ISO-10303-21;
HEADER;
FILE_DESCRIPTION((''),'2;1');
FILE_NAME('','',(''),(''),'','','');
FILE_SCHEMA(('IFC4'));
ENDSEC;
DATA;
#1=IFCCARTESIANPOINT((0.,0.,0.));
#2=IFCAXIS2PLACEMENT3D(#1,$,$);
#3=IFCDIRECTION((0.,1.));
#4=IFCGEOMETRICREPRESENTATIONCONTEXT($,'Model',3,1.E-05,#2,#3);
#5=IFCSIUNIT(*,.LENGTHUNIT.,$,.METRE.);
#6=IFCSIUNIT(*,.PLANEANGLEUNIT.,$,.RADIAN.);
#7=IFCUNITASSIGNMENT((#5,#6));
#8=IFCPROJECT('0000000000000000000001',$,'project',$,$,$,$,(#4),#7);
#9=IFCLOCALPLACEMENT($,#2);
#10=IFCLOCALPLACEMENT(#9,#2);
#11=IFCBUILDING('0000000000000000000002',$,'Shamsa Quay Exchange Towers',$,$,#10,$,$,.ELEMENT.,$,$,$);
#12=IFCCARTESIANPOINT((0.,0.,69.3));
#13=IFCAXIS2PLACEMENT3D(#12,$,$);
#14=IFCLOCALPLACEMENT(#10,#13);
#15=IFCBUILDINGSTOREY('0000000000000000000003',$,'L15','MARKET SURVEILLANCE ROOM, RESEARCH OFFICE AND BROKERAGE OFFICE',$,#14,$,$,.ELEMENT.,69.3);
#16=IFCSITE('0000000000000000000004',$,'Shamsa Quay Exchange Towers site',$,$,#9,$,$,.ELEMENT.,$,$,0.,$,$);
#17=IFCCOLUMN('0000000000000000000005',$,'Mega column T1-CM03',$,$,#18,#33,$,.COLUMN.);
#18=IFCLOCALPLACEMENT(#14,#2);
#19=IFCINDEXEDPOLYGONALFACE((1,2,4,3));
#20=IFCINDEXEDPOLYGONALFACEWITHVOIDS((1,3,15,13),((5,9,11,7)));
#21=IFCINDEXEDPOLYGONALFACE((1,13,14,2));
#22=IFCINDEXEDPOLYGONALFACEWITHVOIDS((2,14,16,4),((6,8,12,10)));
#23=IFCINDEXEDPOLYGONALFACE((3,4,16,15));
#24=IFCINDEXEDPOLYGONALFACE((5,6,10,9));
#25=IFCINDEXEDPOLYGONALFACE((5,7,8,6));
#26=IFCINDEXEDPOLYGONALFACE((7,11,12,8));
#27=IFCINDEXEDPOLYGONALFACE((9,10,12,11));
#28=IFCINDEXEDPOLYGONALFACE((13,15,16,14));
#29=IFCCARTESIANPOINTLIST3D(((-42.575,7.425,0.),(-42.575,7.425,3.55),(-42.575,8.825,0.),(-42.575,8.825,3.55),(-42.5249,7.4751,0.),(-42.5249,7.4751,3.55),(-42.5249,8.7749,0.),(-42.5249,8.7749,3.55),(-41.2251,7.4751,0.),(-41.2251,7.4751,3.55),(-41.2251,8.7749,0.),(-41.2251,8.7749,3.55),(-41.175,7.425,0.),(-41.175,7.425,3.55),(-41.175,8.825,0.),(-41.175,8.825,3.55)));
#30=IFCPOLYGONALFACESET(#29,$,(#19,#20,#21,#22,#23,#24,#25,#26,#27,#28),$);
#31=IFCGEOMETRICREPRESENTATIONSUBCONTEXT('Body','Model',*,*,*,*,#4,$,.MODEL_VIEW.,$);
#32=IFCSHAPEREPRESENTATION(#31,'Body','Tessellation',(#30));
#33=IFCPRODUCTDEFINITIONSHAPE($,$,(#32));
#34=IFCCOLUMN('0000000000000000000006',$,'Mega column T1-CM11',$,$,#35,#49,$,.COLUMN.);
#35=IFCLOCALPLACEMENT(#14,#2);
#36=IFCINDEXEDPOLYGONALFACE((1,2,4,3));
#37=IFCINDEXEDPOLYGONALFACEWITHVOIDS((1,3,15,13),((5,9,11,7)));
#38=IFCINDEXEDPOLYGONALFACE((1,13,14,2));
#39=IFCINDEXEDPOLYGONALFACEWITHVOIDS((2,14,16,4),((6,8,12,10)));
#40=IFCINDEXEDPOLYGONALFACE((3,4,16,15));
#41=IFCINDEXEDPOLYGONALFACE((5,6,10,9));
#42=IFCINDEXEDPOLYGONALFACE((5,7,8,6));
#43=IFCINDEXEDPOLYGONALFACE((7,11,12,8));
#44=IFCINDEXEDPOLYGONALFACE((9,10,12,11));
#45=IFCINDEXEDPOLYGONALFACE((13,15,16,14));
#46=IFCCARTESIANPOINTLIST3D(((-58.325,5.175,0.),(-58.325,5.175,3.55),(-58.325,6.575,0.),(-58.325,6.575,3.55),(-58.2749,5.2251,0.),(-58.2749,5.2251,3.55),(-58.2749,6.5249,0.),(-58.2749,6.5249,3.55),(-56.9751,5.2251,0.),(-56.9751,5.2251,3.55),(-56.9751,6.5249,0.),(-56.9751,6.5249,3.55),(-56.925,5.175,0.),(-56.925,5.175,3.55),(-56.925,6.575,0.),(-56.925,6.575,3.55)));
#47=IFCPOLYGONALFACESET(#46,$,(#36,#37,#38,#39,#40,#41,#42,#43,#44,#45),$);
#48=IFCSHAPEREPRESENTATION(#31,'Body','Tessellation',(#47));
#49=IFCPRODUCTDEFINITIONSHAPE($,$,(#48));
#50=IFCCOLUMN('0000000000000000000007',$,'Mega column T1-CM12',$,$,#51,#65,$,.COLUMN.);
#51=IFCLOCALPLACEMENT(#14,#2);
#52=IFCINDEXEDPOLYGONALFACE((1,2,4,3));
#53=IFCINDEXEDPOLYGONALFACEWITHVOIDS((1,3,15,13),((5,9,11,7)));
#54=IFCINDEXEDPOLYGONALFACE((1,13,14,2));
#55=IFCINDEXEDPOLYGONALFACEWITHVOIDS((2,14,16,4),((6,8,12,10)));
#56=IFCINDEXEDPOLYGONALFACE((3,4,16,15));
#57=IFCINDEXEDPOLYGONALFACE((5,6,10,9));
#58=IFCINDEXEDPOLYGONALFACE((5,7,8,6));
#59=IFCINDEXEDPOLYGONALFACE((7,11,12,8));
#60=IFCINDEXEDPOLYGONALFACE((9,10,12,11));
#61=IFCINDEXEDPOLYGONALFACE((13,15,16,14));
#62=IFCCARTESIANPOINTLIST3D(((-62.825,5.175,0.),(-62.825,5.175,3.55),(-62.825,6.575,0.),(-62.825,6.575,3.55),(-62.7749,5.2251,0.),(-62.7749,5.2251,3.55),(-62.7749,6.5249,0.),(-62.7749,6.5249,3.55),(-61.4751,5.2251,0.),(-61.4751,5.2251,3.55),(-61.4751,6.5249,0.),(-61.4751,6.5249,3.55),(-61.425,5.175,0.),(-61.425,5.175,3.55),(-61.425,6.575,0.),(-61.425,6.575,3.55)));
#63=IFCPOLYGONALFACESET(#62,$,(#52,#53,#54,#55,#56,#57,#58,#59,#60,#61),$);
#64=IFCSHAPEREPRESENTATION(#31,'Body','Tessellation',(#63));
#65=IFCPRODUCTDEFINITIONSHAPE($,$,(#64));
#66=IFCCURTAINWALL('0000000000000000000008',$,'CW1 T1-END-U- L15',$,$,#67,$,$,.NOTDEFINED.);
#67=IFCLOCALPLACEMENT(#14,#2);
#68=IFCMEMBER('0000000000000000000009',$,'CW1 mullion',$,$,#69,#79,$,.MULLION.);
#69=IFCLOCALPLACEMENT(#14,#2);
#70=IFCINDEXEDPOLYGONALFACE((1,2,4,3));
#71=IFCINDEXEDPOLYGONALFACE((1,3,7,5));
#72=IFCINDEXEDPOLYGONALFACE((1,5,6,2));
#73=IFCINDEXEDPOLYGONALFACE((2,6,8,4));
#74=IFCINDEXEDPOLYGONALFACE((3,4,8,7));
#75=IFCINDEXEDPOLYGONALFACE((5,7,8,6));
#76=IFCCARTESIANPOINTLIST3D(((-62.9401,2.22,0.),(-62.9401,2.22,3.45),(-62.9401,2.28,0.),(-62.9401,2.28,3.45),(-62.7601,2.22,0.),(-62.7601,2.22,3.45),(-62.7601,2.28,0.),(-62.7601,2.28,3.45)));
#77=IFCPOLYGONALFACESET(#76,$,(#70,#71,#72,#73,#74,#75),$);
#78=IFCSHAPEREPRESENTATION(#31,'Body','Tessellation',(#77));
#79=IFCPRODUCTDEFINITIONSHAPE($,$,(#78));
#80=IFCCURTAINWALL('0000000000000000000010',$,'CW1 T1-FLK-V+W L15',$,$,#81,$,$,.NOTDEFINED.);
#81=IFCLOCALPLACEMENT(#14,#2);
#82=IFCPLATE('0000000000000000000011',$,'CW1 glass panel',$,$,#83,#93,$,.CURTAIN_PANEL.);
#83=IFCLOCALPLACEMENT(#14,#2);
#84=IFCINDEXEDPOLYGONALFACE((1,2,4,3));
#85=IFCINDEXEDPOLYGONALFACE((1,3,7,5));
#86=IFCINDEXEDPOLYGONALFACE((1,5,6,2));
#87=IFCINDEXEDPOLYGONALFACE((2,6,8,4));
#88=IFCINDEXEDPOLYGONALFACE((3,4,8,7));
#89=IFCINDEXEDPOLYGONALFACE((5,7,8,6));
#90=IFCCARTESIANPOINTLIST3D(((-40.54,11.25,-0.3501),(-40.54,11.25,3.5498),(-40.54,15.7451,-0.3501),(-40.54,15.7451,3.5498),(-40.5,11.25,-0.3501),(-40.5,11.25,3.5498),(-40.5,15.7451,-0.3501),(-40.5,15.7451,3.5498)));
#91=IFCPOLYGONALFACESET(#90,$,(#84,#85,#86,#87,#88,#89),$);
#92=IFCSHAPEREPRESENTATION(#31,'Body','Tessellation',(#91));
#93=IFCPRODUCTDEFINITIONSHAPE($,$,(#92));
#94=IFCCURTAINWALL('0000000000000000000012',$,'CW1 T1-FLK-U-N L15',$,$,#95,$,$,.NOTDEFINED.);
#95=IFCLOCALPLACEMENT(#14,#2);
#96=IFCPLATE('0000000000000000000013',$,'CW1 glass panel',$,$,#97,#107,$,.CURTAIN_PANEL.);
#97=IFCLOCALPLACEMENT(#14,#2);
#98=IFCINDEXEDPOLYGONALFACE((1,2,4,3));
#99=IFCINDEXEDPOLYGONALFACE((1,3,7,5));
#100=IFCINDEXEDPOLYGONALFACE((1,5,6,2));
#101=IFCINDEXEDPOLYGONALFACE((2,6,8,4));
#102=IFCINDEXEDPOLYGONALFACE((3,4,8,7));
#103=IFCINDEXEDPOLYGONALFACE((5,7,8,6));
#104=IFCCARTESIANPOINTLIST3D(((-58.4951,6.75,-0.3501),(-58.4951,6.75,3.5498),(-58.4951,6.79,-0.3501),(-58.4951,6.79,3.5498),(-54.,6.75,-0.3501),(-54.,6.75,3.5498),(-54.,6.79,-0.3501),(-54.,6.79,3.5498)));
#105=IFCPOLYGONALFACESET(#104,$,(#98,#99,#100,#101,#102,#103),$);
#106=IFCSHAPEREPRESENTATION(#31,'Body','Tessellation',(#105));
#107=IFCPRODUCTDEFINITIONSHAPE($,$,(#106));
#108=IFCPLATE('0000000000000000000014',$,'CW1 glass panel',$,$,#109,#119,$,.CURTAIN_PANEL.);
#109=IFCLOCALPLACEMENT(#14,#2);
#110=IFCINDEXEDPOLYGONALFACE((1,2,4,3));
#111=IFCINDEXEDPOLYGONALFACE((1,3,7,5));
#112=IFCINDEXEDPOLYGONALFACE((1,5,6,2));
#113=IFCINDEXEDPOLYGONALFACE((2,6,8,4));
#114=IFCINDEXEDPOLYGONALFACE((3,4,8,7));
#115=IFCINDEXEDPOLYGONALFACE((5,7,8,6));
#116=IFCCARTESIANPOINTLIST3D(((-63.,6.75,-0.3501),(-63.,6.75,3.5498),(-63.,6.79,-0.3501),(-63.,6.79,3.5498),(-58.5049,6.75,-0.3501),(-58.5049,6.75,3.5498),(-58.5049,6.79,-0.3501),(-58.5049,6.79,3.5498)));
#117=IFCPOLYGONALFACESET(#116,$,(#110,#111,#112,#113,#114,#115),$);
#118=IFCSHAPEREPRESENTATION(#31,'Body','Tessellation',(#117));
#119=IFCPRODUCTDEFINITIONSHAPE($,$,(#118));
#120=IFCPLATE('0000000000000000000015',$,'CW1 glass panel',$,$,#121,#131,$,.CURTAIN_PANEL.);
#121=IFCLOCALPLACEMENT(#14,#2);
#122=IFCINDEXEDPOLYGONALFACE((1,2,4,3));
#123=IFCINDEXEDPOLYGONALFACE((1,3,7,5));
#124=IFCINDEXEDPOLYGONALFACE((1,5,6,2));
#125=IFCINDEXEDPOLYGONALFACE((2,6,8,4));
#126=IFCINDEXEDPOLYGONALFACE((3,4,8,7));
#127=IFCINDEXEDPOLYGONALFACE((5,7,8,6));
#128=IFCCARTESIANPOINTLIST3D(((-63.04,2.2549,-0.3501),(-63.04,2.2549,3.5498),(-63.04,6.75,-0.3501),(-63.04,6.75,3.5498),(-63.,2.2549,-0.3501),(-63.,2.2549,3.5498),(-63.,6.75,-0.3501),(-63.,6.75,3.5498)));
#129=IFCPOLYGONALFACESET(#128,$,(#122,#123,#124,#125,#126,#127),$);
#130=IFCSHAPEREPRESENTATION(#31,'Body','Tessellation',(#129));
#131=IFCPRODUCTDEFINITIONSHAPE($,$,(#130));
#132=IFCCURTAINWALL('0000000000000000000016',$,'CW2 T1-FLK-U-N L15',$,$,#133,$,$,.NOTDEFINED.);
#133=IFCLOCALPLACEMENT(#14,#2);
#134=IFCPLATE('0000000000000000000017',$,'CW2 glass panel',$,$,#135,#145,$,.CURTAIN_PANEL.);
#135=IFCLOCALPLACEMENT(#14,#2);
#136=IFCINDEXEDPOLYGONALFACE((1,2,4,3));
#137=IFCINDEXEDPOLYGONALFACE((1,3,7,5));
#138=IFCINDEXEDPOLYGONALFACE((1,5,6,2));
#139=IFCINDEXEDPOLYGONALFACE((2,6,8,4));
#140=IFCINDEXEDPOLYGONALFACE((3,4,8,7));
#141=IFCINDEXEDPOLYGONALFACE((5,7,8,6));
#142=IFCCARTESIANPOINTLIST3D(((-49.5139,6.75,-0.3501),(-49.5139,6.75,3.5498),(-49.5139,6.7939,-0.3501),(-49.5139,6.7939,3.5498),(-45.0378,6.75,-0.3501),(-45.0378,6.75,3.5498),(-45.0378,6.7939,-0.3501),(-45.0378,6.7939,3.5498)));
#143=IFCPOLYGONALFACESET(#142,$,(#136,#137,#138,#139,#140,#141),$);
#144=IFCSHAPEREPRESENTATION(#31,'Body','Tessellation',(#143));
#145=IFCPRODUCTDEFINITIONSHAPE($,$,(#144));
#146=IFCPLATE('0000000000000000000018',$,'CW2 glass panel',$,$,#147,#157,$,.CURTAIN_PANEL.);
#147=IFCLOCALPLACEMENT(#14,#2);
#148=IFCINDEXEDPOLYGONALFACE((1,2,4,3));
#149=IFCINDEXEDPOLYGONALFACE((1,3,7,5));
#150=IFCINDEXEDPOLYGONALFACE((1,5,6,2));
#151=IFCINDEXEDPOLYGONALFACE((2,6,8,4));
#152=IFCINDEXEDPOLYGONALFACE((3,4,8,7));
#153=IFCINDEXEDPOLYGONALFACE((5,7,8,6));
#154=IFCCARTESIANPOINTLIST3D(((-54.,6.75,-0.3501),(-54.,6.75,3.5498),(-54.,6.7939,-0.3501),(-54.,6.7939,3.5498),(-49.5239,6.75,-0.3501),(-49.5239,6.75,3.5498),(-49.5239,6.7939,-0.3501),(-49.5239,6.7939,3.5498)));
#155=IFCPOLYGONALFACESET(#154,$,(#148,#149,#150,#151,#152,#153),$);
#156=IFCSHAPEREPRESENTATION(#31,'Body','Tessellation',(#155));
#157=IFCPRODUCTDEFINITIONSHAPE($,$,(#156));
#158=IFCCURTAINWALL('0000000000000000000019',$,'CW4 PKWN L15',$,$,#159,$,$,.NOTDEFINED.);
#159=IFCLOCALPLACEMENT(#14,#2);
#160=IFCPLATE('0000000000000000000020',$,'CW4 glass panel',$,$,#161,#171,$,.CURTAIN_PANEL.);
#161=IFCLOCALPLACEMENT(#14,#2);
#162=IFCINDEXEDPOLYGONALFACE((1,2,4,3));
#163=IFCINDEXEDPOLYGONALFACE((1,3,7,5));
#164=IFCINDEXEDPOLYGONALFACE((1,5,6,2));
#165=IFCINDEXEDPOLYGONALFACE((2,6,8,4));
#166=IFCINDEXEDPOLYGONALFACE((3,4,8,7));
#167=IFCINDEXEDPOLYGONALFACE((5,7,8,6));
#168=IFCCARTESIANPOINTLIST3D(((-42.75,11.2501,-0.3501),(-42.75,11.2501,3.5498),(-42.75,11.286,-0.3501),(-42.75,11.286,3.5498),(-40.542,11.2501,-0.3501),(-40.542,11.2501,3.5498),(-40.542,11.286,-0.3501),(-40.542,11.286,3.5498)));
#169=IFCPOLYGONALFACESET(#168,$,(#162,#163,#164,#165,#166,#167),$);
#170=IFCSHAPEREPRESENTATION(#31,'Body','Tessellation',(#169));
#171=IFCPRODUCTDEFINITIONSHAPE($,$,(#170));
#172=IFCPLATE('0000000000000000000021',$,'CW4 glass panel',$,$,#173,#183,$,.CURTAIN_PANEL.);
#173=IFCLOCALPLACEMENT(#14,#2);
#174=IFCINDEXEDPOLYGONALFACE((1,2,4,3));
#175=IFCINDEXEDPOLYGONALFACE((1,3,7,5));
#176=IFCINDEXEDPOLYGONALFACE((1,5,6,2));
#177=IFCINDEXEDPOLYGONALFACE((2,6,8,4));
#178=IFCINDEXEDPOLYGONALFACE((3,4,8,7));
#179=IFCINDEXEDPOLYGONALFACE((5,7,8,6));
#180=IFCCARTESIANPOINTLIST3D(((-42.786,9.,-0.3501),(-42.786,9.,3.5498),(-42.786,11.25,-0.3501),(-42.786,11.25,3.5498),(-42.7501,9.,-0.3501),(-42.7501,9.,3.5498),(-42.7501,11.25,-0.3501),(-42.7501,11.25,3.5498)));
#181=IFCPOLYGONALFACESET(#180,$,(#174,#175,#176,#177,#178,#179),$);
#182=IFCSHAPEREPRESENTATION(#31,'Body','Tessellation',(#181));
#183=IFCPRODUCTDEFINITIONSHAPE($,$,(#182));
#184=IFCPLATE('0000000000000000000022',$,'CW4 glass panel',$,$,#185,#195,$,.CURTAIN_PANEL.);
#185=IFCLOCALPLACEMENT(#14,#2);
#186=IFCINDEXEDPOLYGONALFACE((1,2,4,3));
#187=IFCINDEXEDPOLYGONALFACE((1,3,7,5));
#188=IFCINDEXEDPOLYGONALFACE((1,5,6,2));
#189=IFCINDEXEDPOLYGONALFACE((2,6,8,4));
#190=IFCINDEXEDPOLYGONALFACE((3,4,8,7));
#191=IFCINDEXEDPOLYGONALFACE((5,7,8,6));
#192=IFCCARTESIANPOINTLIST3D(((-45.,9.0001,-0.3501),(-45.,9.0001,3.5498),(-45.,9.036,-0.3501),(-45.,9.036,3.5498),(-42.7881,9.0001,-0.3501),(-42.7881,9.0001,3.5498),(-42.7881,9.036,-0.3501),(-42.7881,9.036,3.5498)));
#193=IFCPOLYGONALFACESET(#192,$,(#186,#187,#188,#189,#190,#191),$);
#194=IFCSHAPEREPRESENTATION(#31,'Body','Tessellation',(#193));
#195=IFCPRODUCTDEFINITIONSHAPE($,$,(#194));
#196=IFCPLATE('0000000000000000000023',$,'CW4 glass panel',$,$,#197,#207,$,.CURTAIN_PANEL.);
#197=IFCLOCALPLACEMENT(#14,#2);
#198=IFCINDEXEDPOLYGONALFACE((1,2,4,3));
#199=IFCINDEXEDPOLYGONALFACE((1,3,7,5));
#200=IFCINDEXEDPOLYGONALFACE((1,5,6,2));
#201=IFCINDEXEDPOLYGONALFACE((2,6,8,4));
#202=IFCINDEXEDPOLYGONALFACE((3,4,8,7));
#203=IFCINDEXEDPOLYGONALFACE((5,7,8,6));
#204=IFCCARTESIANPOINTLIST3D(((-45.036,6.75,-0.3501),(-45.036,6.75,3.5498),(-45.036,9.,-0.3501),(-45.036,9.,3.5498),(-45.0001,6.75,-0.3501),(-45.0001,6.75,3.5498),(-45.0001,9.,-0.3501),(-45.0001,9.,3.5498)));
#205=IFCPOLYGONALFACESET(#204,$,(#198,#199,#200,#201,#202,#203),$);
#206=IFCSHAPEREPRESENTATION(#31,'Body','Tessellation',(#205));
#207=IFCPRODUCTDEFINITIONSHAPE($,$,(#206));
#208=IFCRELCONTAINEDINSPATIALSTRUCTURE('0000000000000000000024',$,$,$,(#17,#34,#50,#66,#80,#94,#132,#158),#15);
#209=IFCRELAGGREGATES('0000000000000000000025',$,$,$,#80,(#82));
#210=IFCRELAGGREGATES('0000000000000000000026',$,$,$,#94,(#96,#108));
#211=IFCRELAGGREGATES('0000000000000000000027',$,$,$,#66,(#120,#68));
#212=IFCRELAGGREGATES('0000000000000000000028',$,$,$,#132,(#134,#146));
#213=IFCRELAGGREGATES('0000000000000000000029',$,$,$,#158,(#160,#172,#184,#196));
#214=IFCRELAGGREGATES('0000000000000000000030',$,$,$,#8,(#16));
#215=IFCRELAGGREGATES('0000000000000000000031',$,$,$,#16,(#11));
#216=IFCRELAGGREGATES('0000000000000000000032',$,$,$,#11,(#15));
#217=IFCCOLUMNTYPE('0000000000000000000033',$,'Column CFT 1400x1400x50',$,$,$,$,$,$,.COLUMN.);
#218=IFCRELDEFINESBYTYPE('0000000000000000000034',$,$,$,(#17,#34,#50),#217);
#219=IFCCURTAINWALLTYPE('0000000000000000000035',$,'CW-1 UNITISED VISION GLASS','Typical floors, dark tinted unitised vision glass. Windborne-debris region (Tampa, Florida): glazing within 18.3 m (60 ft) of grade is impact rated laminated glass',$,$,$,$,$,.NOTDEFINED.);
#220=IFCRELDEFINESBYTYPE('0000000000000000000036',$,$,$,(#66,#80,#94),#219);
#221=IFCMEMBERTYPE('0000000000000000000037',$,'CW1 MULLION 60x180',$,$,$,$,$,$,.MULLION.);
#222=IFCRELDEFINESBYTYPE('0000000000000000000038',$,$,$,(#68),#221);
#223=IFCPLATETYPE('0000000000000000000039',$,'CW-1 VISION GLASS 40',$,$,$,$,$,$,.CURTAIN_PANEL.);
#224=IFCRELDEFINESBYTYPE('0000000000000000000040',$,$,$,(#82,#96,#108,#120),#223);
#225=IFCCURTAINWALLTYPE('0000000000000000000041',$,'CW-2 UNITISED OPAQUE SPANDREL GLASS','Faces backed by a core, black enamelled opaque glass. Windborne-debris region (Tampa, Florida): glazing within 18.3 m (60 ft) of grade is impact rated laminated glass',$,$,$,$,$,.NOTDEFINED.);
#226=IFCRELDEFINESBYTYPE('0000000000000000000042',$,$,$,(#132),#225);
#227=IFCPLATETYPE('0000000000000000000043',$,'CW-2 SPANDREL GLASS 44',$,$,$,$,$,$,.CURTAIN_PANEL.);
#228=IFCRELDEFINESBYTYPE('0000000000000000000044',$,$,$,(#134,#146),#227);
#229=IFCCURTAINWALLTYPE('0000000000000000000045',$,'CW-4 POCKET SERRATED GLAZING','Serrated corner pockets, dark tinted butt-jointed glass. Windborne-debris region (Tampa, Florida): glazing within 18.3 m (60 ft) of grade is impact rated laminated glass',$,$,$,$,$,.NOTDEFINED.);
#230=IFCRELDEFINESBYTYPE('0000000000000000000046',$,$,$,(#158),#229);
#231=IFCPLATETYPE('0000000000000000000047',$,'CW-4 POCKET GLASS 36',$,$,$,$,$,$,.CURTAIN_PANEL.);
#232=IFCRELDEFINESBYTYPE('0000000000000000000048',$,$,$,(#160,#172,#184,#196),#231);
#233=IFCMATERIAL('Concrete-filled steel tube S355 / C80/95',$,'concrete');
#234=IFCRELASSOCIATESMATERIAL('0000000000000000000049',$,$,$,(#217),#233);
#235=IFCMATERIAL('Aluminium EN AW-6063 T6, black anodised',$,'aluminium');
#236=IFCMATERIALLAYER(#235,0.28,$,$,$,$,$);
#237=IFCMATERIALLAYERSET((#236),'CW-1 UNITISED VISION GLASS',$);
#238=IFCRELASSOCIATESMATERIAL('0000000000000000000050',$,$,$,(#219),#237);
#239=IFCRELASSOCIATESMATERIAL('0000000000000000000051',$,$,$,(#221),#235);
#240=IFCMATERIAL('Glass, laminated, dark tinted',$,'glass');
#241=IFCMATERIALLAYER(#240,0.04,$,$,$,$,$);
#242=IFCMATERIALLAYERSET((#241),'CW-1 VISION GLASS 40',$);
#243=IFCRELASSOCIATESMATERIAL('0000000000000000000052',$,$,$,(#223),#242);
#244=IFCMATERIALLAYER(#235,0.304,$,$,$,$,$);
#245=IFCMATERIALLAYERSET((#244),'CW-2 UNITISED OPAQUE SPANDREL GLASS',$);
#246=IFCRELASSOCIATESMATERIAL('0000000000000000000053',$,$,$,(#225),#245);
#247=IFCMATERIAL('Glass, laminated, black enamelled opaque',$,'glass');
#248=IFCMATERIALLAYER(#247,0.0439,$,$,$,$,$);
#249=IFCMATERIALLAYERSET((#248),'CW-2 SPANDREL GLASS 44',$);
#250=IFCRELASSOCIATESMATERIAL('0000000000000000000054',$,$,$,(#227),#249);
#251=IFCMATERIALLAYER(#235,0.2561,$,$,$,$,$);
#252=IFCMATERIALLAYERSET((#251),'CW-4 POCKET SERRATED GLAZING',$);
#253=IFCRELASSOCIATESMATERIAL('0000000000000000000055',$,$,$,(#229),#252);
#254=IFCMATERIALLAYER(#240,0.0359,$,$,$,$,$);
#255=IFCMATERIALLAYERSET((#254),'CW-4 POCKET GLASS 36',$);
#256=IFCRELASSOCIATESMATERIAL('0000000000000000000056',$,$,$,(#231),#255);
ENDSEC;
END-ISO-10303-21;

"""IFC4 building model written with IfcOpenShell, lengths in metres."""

from ifc_helpers import new_model, si_unit, direction, frame, origin, origin_2d, place, context, subcontext, project, spatial, rectangle, hollow_rectangle, extrude, material, layer, layer_set, material_profile, profile_set, type_object, element, aggregate, save


model = new_model("IFC4")

# Units and contexts
model_context = context("Model", 3, precision=1e-05, world=origin(), true_north=direction((0.0, 1.0)))
body_context = subcontext(model_context, "Body", "Model", "MODEL_VIEW")
ifc_project = project(units=[si_unit("LENGTHUNIT", "METRE"), si_unit("PLANEANGLEUNIT", "RADIAN")], contexts=[model_context])

# Site, building, storey
site_placement = place(None, origin())
site = spatial("IfcSite", under=ifc_project, at=site_placement, Name="Shamsa Quay Exchange Towers site", CompositionType="ELEMENT", RefElevation=0.0)
building_placement = place(site_placement, origin())
building = spatial("IfcBuilding", under=site, at=building_placement, Name="Shamsa Quay Exchange Towers", CompositionType="ELEMENT")
storey_placement = place(building_placement, frame((0.0, 0.0, 69.3)))
storey = spatial("IfcBuildingStorey", under=building, at=storey_placement, Name="L15", Description="MARKET SURVEILLANCE ROOM, RESEARCH OFFICE AND BROKERAGE OFFICE", CompositionType="ELEMENT", Elevation=69.3)

# Columns
ifc_material_1 = material(Name="Concrete-filled steel tube S355 / C80/95", Category="concrete")
ifc_material_profile_1 = material_profile(ifc_material_1, hollow_rectangle(XDim=1.3999, YDim=1.3999, WallThickness=0.05, at=origin_2d()), Name="CFT 1400x1400x50")
ifc_profile_set_1 = profile_set([ifc_material_profile_1], Name="Concrete-filled steel tube S355 / C80/95")
column_type = type_object("IfcColumnType", Name="Column CFT 1400x1400x50", PredefinedType="COLUMN", material=ifc_profile_set_1)
for number, where, name in (
    (1, (-41.875, 8.125, 0.0), "Mega column T1-CM03"),
    (2, (-57.625, 5.875, 0.0), "Mega column T1-CM11"),
    (3, (-62.125, 5.875, 0.0), "Mega column T1-CM12"),
):
    element("IfcColumn", number, at=place(storey_placement, frame(where)), inside=storey, type_object=column_type, Name=name, PredefinedType="COLUMN", context=body_context, shape_type="SweptSolid", body=[
        extrude(hollow_rectangle(XDim=1.3999, YDim=1.3999, WallThickness=0.05, at=origin_2d()), origin(), (0.0, 0.0, 1.0), 3.55),
    ])

# Curtain wall, member
ifc_material_2 = material(Name="Aluminium EN AW-6063 T6, black anodised", Category="aluminium")
ifc_layer_1 = layer(ifc_material_2, 0.28)
ifc_layer_set_1 = layer_set([ifc_layer_1], Name="CW-1 UNITISED VISION GLASS")
curtain_wall_type_1 = type_object("IfcCurtainWallType", Name="CW-1 UNITISED VISION GLASS", Description="Typical floors, dark tinted unitised vision glass. Windborne-debris region (Tampa, Florida): glazing within 18.3 m (60 ft) of grade is impact rated laminated glass", PredefinedType="NOTDEFINED", material=ifc_layer_set_1)
curtain_wall_1_placement = place(storey_placement, origin())
curtain_wall_1 = element("IfcCurtainWall", 4, at=curtain_wall_1_placement, inside=storey, type_object=curtain_wall_type_1, Name="CW1 T1-END-U- L15", PredefinedType="NOTDEFINED")
ifc_material_profile_2 = material_profile(ifc_material_2, rectangle(XDim=0.1799, YDim=0.0601, at=origin_2d()), Name="MU60x180")
ifc_profile_set_2 = profile_set([ifc_material_profile_2], Name="Aluminium EN AW-6063 T6, black anodised")
member_type = type_object("IfcMemberType", Name="CW1 MULLION 60x180", PredefinedType="MULLION", material=ifc_profile_set_2)
member_placement = place(storey_placement, frame((-62.8501, 2.25, 0.0)))
member = element("IfcMember", 5, at=member_placement, type_object=member_type, Name="CW1 mullion", PredefinedType="MULLION", context=body_context, shape_type="SweptSolid", body=[
    extrude(rectangle(XDim=0.1799, YDim=0.0601, at=origin_2d()), origin(), (0.0, 0.0, 1.0), 3.45),
])

# Curtain wall, plate
curtain_wall_2_placement = place(storey_placement, origin())
curtain_wall_2 = element("IfcCurtainWall", 6, at=curtain_wall_2_placement, inside=storey, type_object=curtain_wall_type_1, Name="CW1 T1-FLK-V+W L15", PredefinedType="NOTDEFINED")
ifc_material_3 = material(Name="Glass, laminated, dark tinted", Category="glass")
ifc_layer_2 = layer(ifc_material_3, 0.04)
ifc_layer_set_2 = layer_set([ifc_layer_2], Name="CW-1 VISION GLASS 40")
plate_type_1 = type_object("IfcPlateType", Name="CW-1 VISION GLASS 40", PredefinedType="CURTAIN_PANEL", material=ifc_layer_set_2)
plate_1_placement = place(storey_placement, frame((-40.52, 13.4976, -0.3501), z_axis=(0.0, 0.0, 1.0), x_axis=(0.0, -1.0, 0.0)))
plate_1 = element("IfcPlate", 7, at=plate_1_placement, type_object=plate_type_1, Name="CW1 glass panel", PredefinedType="CURTAIN_PANEL", context=body_context, shape_type="SweptSolid", body=[
    extrude(rectangle(XDim=4.4951, YDim=0.04, at=origin_2d()), origin(), (0.0, 0.0, 1.0), 3.8999),
])
aggregate(curtain_wall_2, [plate_1])

# Curtain wall, plates
curtain_wall_3_placement = place(storey_placement, origin())
curtain_wall_3 = element("IfcCurtainWall", 8, at=curtain_wall_3_placement, inside=storey, type_object=curtain_wall_type_1, Name="CW1 T1-FLK-U-N L15", PredefinedType="NOTDEFINED")
plate_2_placement = place(storey_placement, frame((-56.2476, 6.77, -0.3501), z_axis=(0.0, 0.0, 1.0), x_axis=(-1.0, 0.0, 0.0)))
plate_2 = element("IfcPlate", 9, at=plate_2_placement, type_object=plate_type_1, Name="CW1 glass panel", PredefinedType="CURTAIN_PANEL", context=body_context, shape_type="SweptSolid", body=[
    extrude(rectangle(XDim=4.4951, YDim=0.04, at=origin_2d()), origin(), (0.0, 0.0, 1.0), 3.8999),
])
plate_3_placement = place(storey_placement, frame((-60.7524, 6.77, -0.3501), z_axis=(0.0, 0.0, 1.0), x_axis=(-1.0, 0.0, 0.0)))
plate_3 = element("IfcPlate", 10, at=plate_3_placement, type_object=plate_type_1, Name="CW1 glass panel", PredefinedType="CURTAIN_PANEL", context=body_context, shape_type="SweptSolid", body=[
    extrude(rectangle(XDim=4.4951, YDim=0.04, at=origin_2d()), origin(), (0.0, 0.0, 1.0), 3.8999),
])
aggregate(curtain_wall_3, [plate_2, plate_3])

# Plate
plate_4_placement = place(storey_placement, frame((-63.02, 4.5024, -0.3501), z_axis=(0.0, 0.0, 1.0), x_axis=(0.0, -1.0, 0.0)))
plate_4 = element("IfcPlate", 11, at=plate_4_placement, type_object=plate_type_1, Name="CW1 glass panel", PredefinedType="CURTAIN_PANEL", context=body_context, shape_type="SweptSolid", body=[
    extrude(rectangle(XDim=4.4951, YDim=0.04, at=origin_2d()), origin(), (0.0, 0.0, 1.0), 3.8999),
])
aggregate(curtain_wall_1, [plate_4, member])

# Curtain walls, plates
ifc_layer_3 = layer(ifc_material_2, 0.304)
ifc_layer_set_3 = layer_set([ifc_layer_3], Name="CW-2 UNITISED OPAQUE SPANDREL GLASS")
curtain_wall_type_2 = type_object("IfcCurtainWallType", Name="CW-2 UNITISED OPAQUE SPANDREL GLASS", Description="Faces backed by a core, black enamelled opaque glass. Windborne-debris region (Tampa, Florida): glazing within 18.3 m (60 ft) of grade is impact rated laminated glass", PredefinedType="NOTDEFINED", material=ifc_layer_set_3)
curtain_wall_4_placement = place(storey_placement, origin())
curtain_wall_4 = element("IfcCurtainWall", 12, at=curtain_wall_4_placement, inside=storey, type_object=curtain_wall_type_2, Name="CW2 T1-FLK-U-N L15", PredefinedType="NOTDEFINED")
ifc_material_4 = material(Name="Glass, laminated, black enamelled opaque", Category="glass")
ifc_layer_4 = layer(ifc_material_4, 0.0439)
ifc_layer_set_4 = layer_set([ifc_layer_4], Name="CW-2 SPANDREL GLASS 44")
plate_type_2 = type_object("IfcPlateType", Name="CW-2 SPANDREL GLASS 44", PredefinedType="CURTAIN_PANEL", material=ifc_layer_set_4)
plate_5_placement = place(storey_placement, frame((-47.2759, 6.772, -0.3501), z_axis=(0.0, 0.0, 1.0), x_axis=(-1.0, 0.0, 0.0)))
plate_5 = element("IfcPlate", 13, at=plate_5_placement, type_object=plate_type_2, Name="CW2 glass panel", PredefinedType="CURTAIN_PANEL", context=body_context, shape_type="SweptSolid", body=[
    extrude(rectangle(XDim=4.4761, YDim=0.0439, at=origin_2d()), origin(), (0.0, 0.0, 1.0), 3.8999),
])
plate_6_placement = place(storey_placement, frame((-51.762, 6.772, -0.3501), z_axis=(0.0, 0.0, 1.0), x_axis=(-1.0, 0.0, 0.0)))
plate_6 = element("IfcPlate", 14, at=plate_6_placement, type_object=plate_type_2, Name="CW2 glass panel", PredefinedType="CURTAIN_PANEL", context=body_context, shape_type="SweptSolid", body=[
    extrude(rectangle(XDim=4.4761, YDim=0.0439, at=origin_2d()), origin(), (0.0, 0.0, 1.0), 3.8999),
])
aggregate(curtain_wall_4, [plate_5, plate_6])
ifc_layer_5 = layer(ifc_material_2, 0.2561)
ifc_layer_set_5 = layer_set([ifc_layer_5], Name="CW-4 POCKET SERRATED GLAZING")
curtain_wall_type_3 = type_object("IfcCurtainWallType", Name="CW-4 POCKET SERRATED GLAZING", Description="Serrated corner pockets, dark tinted butt-jointed glass. Windborne-debris region (Tampa, Florida): glazing within 18.3 m (60 ft) of grade is impact rated laminated glass", PredefinedType="NOTDEFINED", material=ifc_layer_set_5)
curtain_wall_5_placement = place(storey_placement, origin())
curtain_wall_5 = element("IfcCurtainWall", 15, at=curtain_wall_5_placement, inside=storey, type_object=curtain_wall_type_3, Name="CW4 PKWN L15", PredefinedType="NOTDEFINED")
ifc_layer_6 = layer(ifc_material_3, 0.0359)
ifc_layer_set_6 = layer_set([ifc_layer_6], Name="CW-4 POCKET GLASS 36")
plate_type_3 = type_object("IfcPlateType", Name="CW-4 POCKET GLASS 36", PredefinedType="CURTAIN_PANEL", material=ifc_layer_set_6)
plate_7_placement = place(storey_placement, frame((-41.646, 11.2681, -0.3501), z_axis=(0.0, 0.0, 1.0), x_axis=(-1.0, 0.0, 0.0)))
plate_7 = element("IfcPlate", 16, at=plate_7_placement, type_object=plate_type_3, Name="CW4 glass panel", PredefinedType="CURTAIN_PANEL", context=body_context, shape_type="SweptSolid", body=[
    extrude(rectangle(XDim=2.208, YDim=0.0359, at=origin_2d()), origin(), (0.0, 0.0, 1.0), 3.8999),
])
plate_8_placement = place(storey_placement, frame((-42.7681, 10.125, -0.3501), z_axis=(0.0, 0.0, 1.0), x_axis=(0.0, -1.0, 0.0)))
plate_8 = element("IfcPlate", 17, at=plate_8_placement, type_object=plate_type_3, Name="CW4 glass panel", PredefinedType="CURTAIN_PANEL", context=body_context, shape_type="SweptSolid", body=[
    extrude(rectangle(XDim=2.25, YDim=0.0359, at=origin_2d()), origin(), (0.0, 0.0, 1.0), 3.8999),
])
plate_9_placement = place(storey_placement, frame((-43.894, 9.0181, -0.3501), z_axis=(0.0, 0.0, 1.0), x_axis=(-1.0, 0.0, 0.0)))
plate_9 = element("IfcPlate", 18, at=plate_9_placement, type_object=plate_type_3, Name="CW4 glass panel", PredefinedType="CURTAIN_PANEL", context=body_context, shape_type="SweptSolid", body=[
    extrude(rectangle(XDim=2.2119, YDim=0.0359, at=origin_2d()), origin(), (0.0, 0.0, 1.0), 3.8999),
])
plate_10_placement = place(storey_placement, frame((-45.0181, 7.875, -0.3501), z_axis=(0.0, 0.0, 1.0), x_axis=(0.0, -1.0, 0.0)))
plate_10 = element("IfcPlate", 19, at=plate_10_placement, type_object=plate_type_3, Name="CW4 glass panel", PredefinedType="CURTAIN_PANEL", context=body_context, shape_type="SweptSolid", body=[
    extrude(rectangle(XDim=2.25, YDim=0.0359, at=origin_2d()), origin(), (0.0, 0.0, 1.0), 3.8999),
])
aggregate(curtain_wall_5, [plate_7, plate_8, plate_9, plate_10])

save(model, "model.ifc")
